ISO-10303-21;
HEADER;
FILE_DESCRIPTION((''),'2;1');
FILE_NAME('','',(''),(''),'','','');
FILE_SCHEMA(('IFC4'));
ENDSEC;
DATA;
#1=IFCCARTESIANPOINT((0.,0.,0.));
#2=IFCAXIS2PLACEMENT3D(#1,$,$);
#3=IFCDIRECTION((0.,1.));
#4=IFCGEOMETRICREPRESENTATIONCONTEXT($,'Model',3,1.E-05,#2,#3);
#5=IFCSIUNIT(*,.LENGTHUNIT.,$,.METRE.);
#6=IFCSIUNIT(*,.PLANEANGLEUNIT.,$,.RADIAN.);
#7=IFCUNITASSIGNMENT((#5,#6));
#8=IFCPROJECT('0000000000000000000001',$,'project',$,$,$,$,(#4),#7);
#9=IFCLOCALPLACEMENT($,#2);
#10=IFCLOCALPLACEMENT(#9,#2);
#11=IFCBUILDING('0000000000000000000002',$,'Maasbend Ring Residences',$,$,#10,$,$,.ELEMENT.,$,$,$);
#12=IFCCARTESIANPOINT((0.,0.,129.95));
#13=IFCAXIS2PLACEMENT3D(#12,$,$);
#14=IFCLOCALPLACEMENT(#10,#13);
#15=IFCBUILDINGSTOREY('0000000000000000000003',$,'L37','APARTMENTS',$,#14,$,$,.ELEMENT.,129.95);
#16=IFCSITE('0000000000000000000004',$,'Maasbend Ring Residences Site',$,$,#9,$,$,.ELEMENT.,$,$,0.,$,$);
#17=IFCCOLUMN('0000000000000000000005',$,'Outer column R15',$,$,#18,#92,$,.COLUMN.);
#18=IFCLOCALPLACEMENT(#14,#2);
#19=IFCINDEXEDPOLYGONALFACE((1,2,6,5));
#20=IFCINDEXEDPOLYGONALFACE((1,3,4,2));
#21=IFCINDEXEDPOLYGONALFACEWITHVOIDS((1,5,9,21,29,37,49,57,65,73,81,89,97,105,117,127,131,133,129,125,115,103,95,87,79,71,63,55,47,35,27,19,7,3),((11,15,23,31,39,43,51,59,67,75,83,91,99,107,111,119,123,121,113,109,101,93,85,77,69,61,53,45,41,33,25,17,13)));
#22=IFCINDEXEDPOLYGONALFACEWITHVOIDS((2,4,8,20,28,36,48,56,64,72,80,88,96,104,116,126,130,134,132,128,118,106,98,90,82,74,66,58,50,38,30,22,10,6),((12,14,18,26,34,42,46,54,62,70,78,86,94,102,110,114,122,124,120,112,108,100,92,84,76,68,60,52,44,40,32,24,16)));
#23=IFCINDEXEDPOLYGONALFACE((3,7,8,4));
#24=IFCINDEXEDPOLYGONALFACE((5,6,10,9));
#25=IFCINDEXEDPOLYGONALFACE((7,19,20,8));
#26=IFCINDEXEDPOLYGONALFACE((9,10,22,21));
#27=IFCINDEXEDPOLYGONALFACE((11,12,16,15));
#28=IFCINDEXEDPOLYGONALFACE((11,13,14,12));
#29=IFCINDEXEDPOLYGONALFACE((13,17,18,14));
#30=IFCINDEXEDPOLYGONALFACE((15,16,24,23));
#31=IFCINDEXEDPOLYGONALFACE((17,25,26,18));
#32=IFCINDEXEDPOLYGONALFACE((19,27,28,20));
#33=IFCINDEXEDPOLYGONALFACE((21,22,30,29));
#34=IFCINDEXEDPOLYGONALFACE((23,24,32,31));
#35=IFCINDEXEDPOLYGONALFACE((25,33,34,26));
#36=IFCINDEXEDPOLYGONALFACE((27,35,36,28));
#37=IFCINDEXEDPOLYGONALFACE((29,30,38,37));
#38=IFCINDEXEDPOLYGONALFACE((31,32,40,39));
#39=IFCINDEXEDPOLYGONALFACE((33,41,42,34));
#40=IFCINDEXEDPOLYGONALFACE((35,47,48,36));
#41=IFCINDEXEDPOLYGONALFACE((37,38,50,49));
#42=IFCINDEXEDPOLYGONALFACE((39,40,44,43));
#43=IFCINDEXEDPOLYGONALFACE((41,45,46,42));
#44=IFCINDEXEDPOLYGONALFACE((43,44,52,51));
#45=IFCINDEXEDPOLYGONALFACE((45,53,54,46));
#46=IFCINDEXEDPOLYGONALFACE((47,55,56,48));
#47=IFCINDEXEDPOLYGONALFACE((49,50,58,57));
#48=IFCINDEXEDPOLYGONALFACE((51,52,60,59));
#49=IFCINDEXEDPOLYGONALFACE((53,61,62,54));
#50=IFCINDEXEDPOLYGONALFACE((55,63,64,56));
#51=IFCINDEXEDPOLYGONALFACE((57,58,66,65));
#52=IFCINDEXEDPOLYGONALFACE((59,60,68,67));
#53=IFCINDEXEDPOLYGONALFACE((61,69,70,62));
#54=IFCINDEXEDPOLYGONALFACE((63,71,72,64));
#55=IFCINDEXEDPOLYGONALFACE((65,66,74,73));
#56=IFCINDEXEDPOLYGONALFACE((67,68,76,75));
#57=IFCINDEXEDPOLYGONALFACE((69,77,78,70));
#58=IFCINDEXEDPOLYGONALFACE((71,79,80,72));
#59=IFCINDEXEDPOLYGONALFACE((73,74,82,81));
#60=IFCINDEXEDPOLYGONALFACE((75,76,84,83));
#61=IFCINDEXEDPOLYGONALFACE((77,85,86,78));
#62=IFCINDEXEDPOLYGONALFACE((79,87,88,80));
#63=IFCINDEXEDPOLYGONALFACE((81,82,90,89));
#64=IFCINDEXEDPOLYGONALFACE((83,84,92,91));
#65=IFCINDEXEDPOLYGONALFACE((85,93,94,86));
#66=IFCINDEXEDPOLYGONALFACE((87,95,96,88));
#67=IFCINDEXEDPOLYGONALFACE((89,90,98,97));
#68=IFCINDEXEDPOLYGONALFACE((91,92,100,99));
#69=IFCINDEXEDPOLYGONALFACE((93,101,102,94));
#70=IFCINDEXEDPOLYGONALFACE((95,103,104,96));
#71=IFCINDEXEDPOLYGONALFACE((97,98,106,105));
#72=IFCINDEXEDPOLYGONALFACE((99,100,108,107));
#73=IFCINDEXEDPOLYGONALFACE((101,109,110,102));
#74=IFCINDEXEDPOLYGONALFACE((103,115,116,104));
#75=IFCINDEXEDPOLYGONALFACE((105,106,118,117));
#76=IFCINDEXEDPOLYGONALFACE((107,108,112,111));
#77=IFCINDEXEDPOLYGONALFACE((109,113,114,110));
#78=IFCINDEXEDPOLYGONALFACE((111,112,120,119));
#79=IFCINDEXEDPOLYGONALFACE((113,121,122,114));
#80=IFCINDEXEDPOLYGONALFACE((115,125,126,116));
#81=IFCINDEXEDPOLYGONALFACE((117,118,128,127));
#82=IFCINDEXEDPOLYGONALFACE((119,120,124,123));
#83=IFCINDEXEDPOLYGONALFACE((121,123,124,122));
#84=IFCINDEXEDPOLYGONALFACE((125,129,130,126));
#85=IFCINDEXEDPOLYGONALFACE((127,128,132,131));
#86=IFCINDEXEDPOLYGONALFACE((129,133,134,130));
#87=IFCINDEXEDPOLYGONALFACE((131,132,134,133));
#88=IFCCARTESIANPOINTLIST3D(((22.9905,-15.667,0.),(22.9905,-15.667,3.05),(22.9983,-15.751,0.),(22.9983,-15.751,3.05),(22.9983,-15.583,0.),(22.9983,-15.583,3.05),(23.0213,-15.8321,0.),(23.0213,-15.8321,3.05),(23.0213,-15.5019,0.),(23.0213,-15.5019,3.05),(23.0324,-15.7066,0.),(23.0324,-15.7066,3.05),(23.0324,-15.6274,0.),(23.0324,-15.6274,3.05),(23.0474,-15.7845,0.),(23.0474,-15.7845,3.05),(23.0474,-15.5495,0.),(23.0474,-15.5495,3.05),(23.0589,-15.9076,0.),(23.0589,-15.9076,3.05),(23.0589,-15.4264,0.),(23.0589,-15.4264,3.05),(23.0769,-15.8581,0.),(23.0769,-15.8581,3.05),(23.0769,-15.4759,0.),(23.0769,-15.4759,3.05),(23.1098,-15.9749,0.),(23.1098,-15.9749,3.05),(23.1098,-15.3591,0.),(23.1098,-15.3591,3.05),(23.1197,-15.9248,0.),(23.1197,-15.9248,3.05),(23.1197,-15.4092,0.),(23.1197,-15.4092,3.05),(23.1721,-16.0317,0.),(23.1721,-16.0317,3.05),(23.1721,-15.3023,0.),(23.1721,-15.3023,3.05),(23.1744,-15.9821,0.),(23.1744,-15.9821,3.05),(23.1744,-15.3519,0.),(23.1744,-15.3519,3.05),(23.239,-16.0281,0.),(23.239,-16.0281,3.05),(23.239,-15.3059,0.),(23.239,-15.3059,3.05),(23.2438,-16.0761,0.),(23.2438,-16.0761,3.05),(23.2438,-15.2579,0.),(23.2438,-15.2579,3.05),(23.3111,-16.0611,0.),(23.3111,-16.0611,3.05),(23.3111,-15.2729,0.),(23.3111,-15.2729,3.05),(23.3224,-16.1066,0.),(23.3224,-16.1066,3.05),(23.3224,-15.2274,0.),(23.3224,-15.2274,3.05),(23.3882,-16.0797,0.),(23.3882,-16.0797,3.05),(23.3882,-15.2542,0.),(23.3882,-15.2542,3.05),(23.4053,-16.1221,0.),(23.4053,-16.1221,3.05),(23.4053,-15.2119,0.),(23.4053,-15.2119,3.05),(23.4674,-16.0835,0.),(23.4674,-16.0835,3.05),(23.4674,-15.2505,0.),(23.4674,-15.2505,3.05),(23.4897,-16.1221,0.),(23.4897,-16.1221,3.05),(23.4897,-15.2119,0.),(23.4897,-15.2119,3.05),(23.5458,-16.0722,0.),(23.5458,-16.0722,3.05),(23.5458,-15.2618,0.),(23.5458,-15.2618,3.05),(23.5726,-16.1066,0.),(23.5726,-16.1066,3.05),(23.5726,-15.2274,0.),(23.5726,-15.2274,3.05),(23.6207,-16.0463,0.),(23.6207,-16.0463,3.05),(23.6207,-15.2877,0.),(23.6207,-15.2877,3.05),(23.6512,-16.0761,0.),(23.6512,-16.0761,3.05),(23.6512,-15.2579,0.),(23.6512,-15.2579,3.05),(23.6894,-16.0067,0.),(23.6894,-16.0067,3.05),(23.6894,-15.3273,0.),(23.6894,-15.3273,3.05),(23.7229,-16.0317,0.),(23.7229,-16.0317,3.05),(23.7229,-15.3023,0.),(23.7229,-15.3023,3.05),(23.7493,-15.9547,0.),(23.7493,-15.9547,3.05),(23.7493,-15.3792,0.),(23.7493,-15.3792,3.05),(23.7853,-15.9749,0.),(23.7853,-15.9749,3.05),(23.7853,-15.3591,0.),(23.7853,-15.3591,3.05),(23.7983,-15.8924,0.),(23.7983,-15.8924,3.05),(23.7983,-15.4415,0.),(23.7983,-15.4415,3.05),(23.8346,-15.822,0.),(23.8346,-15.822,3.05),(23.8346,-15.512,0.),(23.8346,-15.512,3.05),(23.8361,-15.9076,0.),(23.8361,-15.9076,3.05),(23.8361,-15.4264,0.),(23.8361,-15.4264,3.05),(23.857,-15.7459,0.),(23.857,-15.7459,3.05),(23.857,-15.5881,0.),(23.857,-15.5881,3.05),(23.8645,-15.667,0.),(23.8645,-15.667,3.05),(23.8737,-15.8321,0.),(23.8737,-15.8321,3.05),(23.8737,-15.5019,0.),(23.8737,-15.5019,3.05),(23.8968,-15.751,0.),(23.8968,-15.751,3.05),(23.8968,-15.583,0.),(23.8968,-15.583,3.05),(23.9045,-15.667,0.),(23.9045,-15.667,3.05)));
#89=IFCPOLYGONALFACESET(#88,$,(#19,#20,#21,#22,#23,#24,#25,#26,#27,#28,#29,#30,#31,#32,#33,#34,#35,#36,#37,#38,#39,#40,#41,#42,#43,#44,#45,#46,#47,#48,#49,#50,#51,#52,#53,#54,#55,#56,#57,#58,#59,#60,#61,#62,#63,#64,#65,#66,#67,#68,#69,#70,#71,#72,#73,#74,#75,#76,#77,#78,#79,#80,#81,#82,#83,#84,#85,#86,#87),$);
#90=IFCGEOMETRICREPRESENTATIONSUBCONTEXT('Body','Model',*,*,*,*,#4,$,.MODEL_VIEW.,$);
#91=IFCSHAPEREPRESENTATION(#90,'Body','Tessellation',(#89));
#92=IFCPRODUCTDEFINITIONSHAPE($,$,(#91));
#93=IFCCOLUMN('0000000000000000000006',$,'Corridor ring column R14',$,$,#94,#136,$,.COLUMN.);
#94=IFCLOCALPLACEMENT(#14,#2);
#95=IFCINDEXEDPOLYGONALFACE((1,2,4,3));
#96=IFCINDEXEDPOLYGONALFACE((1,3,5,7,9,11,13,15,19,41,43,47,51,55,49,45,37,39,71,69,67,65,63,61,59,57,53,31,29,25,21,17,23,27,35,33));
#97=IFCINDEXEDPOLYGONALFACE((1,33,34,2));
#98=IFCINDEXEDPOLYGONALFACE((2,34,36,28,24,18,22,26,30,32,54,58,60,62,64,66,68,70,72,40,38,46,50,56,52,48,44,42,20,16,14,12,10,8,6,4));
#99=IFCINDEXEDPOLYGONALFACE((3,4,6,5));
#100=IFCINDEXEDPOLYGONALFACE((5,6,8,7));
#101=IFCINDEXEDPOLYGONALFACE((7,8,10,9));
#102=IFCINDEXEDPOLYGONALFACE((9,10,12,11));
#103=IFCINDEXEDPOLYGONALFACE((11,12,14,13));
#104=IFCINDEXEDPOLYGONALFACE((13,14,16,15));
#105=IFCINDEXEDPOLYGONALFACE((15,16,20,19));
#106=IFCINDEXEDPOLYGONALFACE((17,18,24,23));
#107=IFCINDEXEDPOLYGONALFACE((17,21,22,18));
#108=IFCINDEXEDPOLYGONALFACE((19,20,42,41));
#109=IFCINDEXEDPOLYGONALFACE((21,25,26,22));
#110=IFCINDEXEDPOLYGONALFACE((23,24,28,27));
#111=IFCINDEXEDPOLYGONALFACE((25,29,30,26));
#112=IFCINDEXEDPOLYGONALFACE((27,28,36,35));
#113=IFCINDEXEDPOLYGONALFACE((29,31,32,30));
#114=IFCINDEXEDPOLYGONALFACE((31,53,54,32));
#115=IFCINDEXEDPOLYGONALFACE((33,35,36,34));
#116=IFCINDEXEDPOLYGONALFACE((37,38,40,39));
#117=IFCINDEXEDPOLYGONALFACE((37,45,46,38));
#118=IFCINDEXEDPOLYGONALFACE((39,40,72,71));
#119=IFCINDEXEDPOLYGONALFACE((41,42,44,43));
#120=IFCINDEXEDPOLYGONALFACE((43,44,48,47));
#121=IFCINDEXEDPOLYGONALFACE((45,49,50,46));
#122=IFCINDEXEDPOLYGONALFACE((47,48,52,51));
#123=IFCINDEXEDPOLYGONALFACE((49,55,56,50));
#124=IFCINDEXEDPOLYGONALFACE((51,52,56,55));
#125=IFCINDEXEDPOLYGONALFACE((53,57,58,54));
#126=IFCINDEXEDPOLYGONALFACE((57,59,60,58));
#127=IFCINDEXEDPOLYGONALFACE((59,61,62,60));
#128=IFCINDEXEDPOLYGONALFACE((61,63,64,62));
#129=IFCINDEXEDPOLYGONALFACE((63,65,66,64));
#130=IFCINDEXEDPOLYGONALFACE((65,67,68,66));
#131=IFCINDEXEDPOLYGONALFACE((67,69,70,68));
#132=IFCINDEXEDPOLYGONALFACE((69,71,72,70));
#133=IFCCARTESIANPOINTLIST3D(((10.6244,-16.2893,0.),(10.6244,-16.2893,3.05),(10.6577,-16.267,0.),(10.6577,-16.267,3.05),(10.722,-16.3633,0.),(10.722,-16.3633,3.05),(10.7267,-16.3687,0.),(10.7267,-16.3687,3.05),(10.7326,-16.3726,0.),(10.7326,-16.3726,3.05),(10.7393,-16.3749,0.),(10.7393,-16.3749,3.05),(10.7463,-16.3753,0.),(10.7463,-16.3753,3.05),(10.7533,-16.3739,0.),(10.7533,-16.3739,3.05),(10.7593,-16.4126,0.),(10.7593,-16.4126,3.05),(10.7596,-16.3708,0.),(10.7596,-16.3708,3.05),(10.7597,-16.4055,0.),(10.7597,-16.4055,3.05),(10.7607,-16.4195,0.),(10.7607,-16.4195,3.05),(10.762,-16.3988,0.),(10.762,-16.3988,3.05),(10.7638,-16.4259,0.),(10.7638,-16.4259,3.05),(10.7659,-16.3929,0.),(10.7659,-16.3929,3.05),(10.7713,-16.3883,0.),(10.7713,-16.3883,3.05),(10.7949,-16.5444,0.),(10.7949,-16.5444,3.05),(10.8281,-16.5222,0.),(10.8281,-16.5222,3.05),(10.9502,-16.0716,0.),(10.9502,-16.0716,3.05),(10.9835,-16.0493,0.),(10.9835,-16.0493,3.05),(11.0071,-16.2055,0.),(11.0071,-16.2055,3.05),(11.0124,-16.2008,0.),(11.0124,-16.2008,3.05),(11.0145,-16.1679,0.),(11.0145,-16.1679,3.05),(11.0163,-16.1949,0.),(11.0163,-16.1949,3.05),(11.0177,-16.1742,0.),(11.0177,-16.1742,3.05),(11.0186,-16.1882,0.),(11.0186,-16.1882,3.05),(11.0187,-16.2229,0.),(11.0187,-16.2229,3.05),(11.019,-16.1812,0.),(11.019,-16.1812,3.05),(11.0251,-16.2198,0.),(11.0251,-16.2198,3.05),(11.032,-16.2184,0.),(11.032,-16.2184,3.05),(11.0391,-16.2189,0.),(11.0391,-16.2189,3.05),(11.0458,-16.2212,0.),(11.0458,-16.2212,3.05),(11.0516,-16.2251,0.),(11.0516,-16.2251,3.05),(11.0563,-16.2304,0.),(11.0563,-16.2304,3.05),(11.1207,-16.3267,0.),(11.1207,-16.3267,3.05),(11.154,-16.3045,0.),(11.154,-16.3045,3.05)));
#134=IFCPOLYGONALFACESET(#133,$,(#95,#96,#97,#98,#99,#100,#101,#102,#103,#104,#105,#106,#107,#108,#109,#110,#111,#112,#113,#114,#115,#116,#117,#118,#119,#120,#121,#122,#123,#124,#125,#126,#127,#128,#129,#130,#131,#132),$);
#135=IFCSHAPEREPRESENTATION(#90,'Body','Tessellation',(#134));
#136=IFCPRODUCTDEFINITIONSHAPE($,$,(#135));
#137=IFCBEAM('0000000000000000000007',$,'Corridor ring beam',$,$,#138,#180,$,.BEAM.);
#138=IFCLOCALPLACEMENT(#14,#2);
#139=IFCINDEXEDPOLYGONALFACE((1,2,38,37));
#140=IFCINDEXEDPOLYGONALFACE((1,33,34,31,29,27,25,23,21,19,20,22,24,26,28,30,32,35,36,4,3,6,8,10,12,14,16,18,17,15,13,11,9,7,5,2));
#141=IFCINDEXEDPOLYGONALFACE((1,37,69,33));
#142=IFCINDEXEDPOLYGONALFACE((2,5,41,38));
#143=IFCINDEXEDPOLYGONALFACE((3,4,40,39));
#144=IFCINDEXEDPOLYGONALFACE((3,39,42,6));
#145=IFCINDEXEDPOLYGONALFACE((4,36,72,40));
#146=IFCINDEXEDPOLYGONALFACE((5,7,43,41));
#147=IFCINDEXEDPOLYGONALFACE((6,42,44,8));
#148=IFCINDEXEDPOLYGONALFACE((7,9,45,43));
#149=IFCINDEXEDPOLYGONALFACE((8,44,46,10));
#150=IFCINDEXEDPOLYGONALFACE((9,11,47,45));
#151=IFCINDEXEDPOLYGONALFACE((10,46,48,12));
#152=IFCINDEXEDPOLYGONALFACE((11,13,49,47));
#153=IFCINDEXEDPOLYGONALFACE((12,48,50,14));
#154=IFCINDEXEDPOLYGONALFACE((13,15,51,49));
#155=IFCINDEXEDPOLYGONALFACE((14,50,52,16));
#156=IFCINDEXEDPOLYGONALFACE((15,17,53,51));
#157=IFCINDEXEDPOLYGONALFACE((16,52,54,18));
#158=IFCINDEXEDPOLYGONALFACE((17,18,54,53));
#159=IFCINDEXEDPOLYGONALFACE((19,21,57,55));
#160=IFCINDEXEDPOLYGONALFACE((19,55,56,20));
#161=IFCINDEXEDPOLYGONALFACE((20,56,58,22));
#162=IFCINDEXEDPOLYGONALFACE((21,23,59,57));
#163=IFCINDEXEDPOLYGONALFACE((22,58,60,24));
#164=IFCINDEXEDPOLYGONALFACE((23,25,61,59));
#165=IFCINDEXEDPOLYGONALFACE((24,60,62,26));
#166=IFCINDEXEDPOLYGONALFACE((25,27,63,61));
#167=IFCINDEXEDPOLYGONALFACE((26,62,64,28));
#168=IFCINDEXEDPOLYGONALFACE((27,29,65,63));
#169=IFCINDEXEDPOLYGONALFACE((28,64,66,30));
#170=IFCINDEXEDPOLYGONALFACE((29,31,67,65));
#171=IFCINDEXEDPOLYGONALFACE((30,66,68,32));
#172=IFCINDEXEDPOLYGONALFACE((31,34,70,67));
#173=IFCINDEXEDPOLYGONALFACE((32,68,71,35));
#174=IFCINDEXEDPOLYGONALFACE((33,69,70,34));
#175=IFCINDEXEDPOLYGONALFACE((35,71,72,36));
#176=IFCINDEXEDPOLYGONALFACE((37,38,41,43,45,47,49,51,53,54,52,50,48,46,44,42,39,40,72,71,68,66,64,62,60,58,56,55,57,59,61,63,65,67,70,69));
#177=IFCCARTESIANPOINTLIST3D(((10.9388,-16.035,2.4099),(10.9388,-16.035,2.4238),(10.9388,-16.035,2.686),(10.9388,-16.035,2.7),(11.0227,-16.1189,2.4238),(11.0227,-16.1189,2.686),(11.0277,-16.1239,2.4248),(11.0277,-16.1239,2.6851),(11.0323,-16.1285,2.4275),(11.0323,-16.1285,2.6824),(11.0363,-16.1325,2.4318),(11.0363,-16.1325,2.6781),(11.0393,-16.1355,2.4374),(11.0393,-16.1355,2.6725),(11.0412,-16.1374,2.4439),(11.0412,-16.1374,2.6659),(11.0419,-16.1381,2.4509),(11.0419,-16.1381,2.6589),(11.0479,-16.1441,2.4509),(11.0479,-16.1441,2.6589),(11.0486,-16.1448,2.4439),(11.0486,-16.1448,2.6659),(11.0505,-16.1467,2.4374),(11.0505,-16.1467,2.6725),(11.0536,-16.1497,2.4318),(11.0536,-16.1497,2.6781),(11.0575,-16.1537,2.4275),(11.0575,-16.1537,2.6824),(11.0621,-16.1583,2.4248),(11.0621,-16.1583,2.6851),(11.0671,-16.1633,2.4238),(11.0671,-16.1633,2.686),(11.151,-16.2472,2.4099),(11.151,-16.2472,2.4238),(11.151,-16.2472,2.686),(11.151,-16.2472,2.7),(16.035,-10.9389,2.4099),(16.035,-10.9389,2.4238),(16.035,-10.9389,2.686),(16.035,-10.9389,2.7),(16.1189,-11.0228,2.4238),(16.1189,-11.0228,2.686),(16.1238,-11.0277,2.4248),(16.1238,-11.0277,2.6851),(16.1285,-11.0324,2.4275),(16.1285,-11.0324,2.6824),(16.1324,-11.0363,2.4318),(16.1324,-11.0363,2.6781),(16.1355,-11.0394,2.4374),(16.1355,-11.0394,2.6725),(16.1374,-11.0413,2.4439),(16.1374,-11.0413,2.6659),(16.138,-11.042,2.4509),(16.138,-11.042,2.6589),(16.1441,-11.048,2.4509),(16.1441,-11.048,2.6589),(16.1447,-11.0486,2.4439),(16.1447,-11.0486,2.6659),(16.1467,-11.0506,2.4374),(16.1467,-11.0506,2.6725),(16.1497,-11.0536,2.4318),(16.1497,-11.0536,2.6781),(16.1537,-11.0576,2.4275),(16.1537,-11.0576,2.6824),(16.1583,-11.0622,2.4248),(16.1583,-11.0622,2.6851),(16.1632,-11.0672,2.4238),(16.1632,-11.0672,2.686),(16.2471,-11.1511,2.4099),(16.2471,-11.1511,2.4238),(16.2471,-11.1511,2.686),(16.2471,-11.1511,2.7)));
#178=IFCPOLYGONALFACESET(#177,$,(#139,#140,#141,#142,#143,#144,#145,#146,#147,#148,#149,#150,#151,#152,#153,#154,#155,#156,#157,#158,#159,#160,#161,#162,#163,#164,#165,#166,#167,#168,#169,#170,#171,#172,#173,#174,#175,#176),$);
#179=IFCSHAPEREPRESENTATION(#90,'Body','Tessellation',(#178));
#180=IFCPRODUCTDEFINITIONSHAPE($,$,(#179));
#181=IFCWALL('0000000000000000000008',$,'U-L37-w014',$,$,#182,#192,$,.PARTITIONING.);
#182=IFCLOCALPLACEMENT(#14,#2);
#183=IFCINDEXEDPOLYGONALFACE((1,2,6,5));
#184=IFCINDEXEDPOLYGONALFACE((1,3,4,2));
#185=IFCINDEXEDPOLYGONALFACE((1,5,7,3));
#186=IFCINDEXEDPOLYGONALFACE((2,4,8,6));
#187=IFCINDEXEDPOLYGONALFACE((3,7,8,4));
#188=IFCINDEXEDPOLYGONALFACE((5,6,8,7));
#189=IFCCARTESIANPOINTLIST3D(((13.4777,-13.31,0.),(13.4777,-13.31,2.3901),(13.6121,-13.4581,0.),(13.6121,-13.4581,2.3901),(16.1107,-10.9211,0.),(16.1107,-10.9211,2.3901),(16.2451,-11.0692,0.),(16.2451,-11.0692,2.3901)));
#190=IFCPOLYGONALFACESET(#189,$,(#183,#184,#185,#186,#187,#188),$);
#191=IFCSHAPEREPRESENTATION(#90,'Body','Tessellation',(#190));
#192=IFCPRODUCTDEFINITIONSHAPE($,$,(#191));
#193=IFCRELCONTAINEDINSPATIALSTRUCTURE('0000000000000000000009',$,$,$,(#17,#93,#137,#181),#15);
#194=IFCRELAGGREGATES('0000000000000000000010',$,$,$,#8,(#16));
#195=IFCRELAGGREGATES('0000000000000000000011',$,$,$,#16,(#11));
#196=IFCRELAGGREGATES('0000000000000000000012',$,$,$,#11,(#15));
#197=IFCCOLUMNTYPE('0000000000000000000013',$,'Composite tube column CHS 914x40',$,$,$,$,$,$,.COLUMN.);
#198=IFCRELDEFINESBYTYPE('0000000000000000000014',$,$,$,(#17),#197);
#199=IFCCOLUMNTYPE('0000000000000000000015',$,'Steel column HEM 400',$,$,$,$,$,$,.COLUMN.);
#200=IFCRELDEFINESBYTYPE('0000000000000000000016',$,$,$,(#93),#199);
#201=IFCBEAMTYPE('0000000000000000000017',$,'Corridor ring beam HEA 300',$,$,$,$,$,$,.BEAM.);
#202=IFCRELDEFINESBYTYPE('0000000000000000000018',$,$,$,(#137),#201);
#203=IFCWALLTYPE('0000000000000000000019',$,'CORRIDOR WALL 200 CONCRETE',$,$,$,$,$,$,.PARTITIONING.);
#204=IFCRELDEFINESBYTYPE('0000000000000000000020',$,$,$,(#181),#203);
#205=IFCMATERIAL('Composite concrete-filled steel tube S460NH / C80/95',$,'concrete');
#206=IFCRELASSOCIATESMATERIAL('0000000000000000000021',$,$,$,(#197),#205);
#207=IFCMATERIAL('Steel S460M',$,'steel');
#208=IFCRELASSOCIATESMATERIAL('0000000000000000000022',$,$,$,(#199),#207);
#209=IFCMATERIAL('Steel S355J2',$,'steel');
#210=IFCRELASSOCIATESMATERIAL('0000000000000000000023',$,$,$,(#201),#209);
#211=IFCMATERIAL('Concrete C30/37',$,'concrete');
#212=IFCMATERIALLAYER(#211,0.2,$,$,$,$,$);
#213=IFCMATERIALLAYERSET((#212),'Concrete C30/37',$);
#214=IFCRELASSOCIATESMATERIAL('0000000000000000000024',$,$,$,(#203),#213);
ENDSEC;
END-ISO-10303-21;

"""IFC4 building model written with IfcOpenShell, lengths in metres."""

from ifc_helpers import new_model, si_unit, direction, frame, frame_2d, origin, origin_2d, place, context, subcontext, project, spatial, rectangle, hollow_circle, i_section, extrude, material, layer, layer_set, material_profile, profile_set, type_object, element, save


model = new_model("IFC4")

# Units and contexts
model_context = context("Model", 3, precision=1e-05, world=origin(), true_north=direction((0.0, 1.0)))
body_context = subcontext(model_context, "Body", "Model", "MODEL_VIEW")
ifc_project = project(units=[si_unit("LENGTHUNIT", "METRE"), si_unit("PLANEANGLEUNIT", "RADIAN")], contexts=[model_context])

# Site, building, storey
site_placement = place(None, origin())
site = spatial("IfcSite", under=ifc_project, at=site_placement, Name="Maasbend Ring Residences Site", CompositionType="ELEMENT", RefElevation=0.0)
building_placement = place(site_placement, origin())
building = spatial("IfcBuilding", under=site, at=building_placement, Name="Maasbend Ring Residences", CompositionType="ELEMENT")
storey_placement = place(building_placement, frame((0.0, 0.0, 129.95)))
storey = spatial("IfcBuildingStorey", under=building, at=storey_placement, Name="L37", Description="APARTMENTS", CompositionType="ELEMENT", Elevation=129.95)

# Columns
ifc_material_1 = material(Name="Composite concrete-filled steel tube S460NH / C80/95", Category="concrete")
ifc_material_profile_1 = material_profile(ifc_material_1, hollow_circle(Radius=0.457, WallThickness=0.04, at=origin_2d()), Name="Composite tube column CHS 914x40")
ifc_profile_set_1 = profile_set([ifc_material_profile_1], Name="Composite concrete-filled steel tube S460NH / C80/95")
column_type_1 = type_object("IfcColumnType", Name="Composite tube column CHS 914x40", PredefinedType="COLUMN", material=ifc_profile_set_1)
column_1_placement = place(storey_placement, frame((23.4475, -15.667, 0.0), z_axis=(0.0, 0.0, 1.0), x_axis=(1.0, 0.0, 0.0)))
element("IfcColumn", 1, at=column_1_placement, inside=storey, type_object=column_type_1, Name="Outer column R15", PredefinedType="COLUMN", context=body_context, shape_type="SweptSolid", body=[
    extrude(hollow_circle(Radius=0.457, WallThickness=0.04, at=origin_2d()), origin(), (0.0, 0.0, 1.0), 3.05),
])
ifc_material_2 = material(Name="Steel S460M", Category="steel")
ifc_material_profile_2 = material_profile(ifc_material_2, i_section(OverallWidth=0.3069, OverallDepth=0.4319, WebThickness=0.021, FlangeThickness=0.04, FilletRadius=0.0271, at=origin_2d()), Name="HEM 400")
ifc_profile_set_2 = profile_set([ifc_material_profile_2], Name="Steel S460M")
column_type_2 = type_object("IfcColumnType", Name="Steel column HEM 400", PredefinedType="COLUMN", material=ifc_profile_set_2)
column_2_placement = place(storey_placement, frame((10.8892, -16.2969, 0.0), z_axis=(0.0, 0.0, 1.0), x_axis=(0.55557, -0.83147, 0.0)))
element("IfcColumn", 2, at=column_2_placement, inside=storey, type_object=column_type_2, Name="Corridor ring column R14", PredefinedType="COLUMN", context=body_context, shape_type="SweptSolid", body=[
    extrude(i_section(OverallWidth=0.3069, OverallDepth=0.4319, WebThickness=0.021, FlangeThickness=0.04, FilletRadius=0.0271, at=origin_2d()), origin(), (0.0, 0.0, 1.0), 3.05),
])

# Beam
ifc_material_3 = material(Name="Steel S355J2", Category="steel")
ifc_material_profile_3 = material_profile(ifc_material_3, i_section(OverallWidth=0.3, OverallDepth=0.29, WebThickness=0.0085, FlangeThickness=0.0139, FilletRadius=0.0271, at=origin_2d()), Name="HEA 300")
ifc_profile_set_3 = profile_set([ifc_material_profile_3], Name="Steel S355J2")
beam_type = type_object("IfcBeamType", Name="Corridor ring beam HEA 300", PredefinedType="BEAM", material=ifc_profile_set_3)
beam_placement = place(storey_placement, frame((11.0449, -16.1411, 2.5549), z_axis=(0.707107, 0.707107, 0.0), x_axis=(-0.707107, 0.707107, 0.0)))
element("IfcBeam", 3, at=beam_placement, inside=storey, type_object=beam_type, Name="Corridor ring beam", PredefinedType="BEAM", context=body_context, shape_type="SweptSolid", body=[
    extrude(i_section(OverallWidth=0.3, OverallDepth=0.29, WebThickness=0.0085, FlangeThickness=0.0139, FilletRadius=0.0271, at=origin_2d()), origin(), (0.0, 0.0, 1.0), 7.207),
])

# Wall
ifc_material_4 = material(Name="Concrete C30/37", Category="concrete")
ifc_layer_1 = layer(ifc_material_4, 0.2)
ifc_layer_set_1 = layer_set([ifc_layer_1], Name="Concrete C30/37")
wall_type_1 = type_object("IfcWallType", Name="CORRIDOR WALL 200 CONCRETE", PredefinedType="PARTITIONING", material=ifc_layer_set_1)
wall_1_placement = place(storey_placement, frame((13.5449, -13.384, 0.0), z_axis=(0.0, 0.0, 1.0), x_axis=(0.740608, 0.671938, 0.0)))
element("IfcWall", 4, at=wall_1_placement, inside=storey, type_object=wall_type_1, Name="U-L37-w014", PredefinedType="PARTITIONING", context=body_context, shape_type="SweptSolid", body=[
    extrude(rectangle(XDim=3.5552, YDim=0.2, at=frame_2d((1.7776, 0.0))), origin(), (0.0, 0.0, 1.0), 2.3901),
])

save(model, "model.ifc")
